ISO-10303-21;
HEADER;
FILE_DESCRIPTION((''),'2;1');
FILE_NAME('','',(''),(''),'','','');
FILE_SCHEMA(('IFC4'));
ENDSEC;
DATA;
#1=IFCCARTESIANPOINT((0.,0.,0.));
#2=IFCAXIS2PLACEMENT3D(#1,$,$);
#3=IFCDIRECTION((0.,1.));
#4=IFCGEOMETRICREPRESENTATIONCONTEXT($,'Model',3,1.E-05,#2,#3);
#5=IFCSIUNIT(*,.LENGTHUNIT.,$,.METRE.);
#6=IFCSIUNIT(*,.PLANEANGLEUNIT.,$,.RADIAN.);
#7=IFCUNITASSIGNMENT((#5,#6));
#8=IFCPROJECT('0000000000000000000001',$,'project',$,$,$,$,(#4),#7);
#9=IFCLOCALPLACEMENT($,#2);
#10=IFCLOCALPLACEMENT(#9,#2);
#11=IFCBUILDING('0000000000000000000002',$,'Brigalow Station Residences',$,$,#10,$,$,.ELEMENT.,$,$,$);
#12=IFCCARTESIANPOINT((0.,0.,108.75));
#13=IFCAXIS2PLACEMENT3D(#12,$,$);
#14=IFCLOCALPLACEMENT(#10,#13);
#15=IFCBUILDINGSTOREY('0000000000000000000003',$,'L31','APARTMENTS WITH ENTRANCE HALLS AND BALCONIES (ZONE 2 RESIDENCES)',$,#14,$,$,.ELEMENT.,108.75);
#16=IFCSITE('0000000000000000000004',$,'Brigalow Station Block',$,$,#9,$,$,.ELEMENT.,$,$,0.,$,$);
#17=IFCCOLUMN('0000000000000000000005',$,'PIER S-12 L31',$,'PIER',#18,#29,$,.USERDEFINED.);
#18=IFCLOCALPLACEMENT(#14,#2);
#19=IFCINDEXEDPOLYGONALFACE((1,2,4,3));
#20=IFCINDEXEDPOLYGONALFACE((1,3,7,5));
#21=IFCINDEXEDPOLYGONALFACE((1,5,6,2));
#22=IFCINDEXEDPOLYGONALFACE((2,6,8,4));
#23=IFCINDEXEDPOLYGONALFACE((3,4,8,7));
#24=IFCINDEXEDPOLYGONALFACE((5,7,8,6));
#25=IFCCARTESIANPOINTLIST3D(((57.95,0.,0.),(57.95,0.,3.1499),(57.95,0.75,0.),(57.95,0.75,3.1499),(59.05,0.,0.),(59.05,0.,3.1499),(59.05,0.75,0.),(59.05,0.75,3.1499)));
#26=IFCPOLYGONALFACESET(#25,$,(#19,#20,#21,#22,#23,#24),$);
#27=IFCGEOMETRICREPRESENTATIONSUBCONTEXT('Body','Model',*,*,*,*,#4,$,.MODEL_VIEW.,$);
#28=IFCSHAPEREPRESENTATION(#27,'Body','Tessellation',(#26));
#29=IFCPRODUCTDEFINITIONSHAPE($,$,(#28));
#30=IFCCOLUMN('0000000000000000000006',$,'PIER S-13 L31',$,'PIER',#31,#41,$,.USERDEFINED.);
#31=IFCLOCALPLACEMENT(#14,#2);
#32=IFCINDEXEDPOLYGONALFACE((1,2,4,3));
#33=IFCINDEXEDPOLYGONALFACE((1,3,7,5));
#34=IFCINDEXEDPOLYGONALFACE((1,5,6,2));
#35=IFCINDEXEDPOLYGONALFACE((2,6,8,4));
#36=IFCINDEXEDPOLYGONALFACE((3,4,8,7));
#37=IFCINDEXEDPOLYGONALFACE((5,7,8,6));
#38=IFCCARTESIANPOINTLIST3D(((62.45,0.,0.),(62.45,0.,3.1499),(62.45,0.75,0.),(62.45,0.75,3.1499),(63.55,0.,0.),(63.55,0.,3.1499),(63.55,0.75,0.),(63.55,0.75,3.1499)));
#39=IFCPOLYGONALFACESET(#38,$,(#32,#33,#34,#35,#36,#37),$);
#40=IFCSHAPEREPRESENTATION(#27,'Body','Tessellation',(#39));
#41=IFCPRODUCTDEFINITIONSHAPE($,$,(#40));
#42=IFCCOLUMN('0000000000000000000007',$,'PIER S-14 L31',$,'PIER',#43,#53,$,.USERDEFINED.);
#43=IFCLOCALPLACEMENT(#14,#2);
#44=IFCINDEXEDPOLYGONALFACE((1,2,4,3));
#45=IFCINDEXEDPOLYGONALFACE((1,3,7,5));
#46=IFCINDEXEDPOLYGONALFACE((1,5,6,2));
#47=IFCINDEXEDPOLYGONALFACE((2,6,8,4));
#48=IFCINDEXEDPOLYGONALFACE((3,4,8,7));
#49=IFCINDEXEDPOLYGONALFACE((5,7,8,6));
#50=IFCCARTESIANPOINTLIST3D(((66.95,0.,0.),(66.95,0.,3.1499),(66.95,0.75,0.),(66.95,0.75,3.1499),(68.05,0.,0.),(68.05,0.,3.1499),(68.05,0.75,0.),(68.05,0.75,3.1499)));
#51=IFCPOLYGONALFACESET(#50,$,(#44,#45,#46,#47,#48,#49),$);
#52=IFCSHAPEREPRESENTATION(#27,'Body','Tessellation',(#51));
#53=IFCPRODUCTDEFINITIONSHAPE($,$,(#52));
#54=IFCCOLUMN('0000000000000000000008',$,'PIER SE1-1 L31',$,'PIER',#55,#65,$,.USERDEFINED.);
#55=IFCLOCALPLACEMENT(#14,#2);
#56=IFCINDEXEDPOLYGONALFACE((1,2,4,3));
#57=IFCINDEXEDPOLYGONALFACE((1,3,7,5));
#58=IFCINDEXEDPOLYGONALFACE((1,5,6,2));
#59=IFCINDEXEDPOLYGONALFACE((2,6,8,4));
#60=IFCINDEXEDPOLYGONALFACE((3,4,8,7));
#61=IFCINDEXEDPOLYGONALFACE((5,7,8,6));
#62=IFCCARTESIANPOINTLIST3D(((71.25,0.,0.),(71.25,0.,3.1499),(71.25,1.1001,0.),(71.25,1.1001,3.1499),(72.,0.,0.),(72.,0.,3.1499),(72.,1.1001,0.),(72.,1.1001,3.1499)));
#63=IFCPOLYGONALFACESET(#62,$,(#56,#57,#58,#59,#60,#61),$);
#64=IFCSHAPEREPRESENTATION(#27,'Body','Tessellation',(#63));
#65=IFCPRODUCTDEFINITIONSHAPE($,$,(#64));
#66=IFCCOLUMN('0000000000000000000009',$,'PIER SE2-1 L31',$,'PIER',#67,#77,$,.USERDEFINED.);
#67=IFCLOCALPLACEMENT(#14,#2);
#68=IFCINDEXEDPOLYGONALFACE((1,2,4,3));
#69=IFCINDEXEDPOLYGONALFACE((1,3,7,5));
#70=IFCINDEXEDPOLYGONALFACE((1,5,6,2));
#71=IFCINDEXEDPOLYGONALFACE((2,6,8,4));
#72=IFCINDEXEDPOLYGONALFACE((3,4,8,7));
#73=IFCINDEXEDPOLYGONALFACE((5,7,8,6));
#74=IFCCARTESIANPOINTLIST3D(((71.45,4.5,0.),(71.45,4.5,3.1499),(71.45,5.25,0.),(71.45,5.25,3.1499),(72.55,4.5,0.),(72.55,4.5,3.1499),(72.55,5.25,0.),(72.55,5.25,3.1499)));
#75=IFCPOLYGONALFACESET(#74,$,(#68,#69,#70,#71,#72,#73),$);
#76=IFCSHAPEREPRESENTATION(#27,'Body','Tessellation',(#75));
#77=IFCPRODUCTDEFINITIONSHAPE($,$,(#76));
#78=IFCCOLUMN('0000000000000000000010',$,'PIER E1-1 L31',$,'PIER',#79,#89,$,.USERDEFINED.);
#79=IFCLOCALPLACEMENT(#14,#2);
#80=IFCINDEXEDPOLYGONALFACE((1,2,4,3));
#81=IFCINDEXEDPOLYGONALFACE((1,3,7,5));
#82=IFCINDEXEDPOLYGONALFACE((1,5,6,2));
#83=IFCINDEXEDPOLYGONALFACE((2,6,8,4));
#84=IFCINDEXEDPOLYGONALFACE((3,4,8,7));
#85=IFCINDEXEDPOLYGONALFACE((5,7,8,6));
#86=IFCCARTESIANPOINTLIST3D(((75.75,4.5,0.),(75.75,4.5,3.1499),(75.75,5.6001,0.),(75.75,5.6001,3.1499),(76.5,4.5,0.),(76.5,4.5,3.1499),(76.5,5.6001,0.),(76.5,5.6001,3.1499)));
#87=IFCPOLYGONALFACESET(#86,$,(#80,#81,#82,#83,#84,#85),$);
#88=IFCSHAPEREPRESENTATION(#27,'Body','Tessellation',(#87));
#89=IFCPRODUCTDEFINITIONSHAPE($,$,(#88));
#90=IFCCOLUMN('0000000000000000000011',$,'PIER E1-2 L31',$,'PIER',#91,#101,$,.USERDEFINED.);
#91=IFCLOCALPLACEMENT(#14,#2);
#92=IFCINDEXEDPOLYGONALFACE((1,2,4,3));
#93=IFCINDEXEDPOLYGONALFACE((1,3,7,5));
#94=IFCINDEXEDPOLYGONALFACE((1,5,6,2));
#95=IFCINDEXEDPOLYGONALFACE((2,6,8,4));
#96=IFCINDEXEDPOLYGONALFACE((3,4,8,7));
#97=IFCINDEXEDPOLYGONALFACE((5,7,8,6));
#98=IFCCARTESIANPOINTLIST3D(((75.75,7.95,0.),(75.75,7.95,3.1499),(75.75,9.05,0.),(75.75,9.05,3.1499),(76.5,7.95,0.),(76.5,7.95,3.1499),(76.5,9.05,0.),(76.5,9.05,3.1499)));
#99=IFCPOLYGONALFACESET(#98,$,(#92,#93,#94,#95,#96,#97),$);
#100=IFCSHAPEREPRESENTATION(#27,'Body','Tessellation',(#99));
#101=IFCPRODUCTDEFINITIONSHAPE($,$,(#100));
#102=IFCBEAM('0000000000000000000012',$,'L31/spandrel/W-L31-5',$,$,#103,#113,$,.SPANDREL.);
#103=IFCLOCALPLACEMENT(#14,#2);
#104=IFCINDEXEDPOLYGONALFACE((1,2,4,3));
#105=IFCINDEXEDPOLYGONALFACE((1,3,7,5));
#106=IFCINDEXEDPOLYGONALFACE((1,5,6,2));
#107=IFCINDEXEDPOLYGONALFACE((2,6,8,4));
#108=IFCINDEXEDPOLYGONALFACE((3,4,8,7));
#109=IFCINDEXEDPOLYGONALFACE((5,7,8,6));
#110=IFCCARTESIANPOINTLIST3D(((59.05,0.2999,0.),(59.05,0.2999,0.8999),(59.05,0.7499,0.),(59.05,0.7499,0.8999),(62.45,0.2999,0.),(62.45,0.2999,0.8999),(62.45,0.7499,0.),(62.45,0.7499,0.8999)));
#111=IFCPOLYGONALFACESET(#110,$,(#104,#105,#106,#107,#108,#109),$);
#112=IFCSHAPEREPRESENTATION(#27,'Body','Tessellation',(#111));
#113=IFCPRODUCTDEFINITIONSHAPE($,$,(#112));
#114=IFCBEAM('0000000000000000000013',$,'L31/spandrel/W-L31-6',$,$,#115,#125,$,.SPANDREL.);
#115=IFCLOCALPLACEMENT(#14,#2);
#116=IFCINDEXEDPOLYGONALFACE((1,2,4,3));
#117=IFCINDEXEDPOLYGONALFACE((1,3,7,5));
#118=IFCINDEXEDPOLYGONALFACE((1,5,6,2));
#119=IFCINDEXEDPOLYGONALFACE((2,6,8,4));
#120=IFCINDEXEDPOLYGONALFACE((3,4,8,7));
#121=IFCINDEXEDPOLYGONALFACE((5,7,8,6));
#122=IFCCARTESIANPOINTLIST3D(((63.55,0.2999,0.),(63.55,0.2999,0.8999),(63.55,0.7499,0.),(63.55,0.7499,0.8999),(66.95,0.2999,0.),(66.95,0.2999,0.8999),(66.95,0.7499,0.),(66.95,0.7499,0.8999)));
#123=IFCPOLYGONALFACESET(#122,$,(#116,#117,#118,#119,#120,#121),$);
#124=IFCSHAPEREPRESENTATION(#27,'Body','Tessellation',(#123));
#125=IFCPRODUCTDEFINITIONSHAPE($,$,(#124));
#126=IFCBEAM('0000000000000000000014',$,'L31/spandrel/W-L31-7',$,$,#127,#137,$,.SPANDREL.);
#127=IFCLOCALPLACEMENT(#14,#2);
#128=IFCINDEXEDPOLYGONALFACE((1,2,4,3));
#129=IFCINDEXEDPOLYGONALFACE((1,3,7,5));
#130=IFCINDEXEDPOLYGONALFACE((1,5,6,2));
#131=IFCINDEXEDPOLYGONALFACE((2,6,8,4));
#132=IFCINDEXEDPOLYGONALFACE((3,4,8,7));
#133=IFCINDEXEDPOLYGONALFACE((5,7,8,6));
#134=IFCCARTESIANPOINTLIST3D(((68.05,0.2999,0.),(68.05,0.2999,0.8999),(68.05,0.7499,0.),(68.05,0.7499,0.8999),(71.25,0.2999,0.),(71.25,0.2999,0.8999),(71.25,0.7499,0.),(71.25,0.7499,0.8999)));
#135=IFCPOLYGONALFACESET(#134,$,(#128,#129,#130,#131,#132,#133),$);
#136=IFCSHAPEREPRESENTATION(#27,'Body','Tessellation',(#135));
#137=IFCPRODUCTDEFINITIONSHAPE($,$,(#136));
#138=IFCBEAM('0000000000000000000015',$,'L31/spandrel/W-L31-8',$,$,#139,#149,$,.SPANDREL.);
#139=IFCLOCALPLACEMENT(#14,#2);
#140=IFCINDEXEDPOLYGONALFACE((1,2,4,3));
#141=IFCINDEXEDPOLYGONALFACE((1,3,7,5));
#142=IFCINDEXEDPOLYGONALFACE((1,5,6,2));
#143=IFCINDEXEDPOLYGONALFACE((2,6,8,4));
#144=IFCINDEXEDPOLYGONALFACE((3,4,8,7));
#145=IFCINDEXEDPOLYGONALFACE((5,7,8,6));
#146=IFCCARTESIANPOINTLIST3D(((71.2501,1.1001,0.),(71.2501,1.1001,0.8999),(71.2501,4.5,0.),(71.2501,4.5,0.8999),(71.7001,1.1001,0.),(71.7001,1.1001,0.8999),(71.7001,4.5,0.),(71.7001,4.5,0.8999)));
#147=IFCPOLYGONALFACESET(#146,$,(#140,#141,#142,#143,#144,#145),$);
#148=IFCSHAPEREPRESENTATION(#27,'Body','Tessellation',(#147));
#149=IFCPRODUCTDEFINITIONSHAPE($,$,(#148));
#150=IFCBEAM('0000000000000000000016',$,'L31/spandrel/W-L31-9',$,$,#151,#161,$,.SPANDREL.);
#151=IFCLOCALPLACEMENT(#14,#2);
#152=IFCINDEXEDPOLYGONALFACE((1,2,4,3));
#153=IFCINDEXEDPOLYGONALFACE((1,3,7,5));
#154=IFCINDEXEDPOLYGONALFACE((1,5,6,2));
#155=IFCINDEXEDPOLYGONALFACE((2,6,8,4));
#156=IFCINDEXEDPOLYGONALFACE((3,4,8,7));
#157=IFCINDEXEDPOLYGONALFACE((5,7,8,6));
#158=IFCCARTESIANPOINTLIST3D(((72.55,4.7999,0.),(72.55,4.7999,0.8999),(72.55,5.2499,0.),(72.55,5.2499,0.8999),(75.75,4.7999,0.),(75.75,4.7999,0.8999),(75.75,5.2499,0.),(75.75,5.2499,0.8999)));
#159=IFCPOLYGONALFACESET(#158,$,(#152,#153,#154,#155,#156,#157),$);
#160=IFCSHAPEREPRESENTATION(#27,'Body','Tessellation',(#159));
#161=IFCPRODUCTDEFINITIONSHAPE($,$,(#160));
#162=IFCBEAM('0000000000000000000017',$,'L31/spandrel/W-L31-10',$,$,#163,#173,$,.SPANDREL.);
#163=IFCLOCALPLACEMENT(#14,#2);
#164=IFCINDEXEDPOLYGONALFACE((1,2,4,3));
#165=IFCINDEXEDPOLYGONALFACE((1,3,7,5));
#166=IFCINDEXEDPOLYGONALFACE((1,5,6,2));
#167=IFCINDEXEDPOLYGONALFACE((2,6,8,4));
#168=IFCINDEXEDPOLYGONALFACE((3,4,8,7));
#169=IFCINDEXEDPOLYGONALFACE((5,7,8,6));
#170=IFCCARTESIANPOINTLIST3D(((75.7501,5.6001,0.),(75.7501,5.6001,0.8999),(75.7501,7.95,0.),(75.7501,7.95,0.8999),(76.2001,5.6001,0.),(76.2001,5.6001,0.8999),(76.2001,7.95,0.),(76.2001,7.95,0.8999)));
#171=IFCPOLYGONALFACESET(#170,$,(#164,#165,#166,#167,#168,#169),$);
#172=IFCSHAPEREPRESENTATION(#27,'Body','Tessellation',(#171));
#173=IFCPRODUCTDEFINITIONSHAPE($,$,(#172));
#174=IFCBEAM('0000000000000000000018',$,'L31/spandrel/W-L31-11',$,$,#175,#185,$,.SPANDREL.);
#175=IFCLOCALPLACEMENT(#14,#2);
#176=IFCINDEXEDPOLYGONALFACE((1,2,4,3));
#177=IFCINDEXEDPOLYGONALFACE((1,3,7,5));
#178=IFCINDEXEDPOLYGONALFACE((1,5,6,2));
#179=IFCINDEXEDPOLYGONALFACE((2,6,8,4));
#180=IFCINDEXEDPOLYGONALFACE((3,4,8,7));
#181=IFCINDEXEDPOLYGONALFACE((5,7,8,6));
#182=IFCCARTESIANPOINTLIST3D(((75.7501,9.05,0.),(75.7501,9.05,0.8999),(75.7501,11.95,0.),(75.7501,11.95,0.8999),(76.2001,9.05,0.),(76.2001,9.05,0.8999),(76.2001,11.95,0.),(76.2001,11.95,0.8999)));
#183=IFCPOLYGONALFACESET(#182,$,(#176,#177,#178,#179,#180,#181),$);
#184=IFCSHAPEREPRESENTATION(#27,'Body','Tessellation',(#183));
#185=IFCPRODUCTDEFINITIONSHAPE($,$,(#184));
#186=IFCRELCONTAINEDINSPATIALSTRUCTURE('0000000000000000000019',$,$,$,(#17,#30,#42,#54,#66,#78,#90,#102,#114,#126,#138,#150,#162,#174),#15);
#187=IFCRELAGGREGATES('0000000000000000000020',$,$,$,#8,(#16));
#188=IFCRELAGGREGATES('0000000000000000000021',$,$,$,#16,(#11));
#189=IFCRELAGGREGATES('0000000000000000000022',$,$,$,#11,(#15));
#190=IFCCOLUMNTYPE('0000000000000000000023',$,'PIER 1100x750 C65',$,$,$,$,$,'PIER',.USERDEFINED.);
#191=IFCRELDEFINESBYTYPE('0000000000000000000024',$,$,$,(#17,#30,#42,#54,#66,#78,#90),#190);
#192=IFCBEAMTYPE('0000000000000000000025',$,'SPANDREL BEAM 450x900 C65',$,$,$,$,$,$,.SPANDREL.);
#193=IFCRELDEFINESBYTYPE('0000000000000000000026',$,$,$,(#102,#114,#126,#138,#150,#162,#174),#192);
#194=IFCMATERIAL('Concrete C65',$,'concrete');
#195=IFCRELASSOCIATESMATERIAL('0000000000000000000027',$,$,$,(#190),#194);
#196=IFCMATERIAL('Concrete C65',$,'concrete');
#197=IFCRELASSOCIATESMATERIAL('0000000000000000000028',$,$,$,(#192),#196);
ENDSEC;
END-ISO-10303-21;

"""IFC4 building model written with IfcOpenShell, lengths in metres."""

from ifc_helpers import new_model, si_unit, direction, frame, origin, origin_2d, place, context, subcontext, project, spatial, rectangle, extrude, material, material_profile, profile_set, type_object, element, save


model = new_model("IFC4")

# Units and contexts
model_context = context("Model", 3, precision=1e-05, world=origin(), true_north=direction((0.0, 1.0)))
body_context = subcontext(model_context, "Body", "Model", "MODEL_VIEW")
ifc_project = project(units=[si_unit("LENGTHUNIT", "METRE"), si_unit("PLANEANGLEUNIT", "RADIAN")], contexts=[model_context])

# Site, building, storey
site_placement = place(None, origin())
site = spatial("IfcSite", under=ifc_project, at=site_placement, Name="Brigalow Station Block", CompositionType="ELEMENT", RefElevation=0.0)
building_placement = place(site_placement, origin())
building = spatial("IfcBuilding", under=site, at=building_placement, Name="Brigalow Station Residences", CompositionType="ELEMENT")
storey_placement = place(building_placement, frame((0.0, 0.0, 108.75)))
storey = spatial("IfcBuildingStorey", under=building, at=storey_placement, Name="L31", Description="APARTMENTS WITH ENTRANCE HALLS AND BALCONIES (ZONE 2 RESIDENCES)", CompositionType="ELEMENT", Elevation=108.75)

# Columns
ifc_material_1 = material(Name="Concrete C65", Category="concrete")
ifc_material_profile_1 = material_profile(ifc_material_1, rectangle(XDim=1.1001, YDim=0.75, at=origin_2d()), Name="RC1100x750")
ifc_profile_set_1 = profile_set([ifc_material_profile_1], Name="Concrete C65")
column_type = type_object("IfcColumnType", Name="PIER 1100x750 C65", ElementType="PIER", PredefinedType="USERDEFINED", material=ifc_profile_set_1)
for number, where, z_axis, x_axis, name in (
    (1, (58.5, 0.375, 0.0), (0.0, 0.0, 1.0), (1.0, 0.0, 0.0), "PIER S-12 L31"),
    (2, (63.0, 0.375, 0.0), (0.0, 0.0, 1.0), (1.0, 0.0, 0.0), "PIER S-13 L31"),
    (3, (67.5, 0.375, 0.0), (0.0, 0.0, 1.0), (1.0, 0.0, 0.0), "PIER S-14 L31"),
    (4, (71.625, 0.55, 0.0), (0.0, 0.0, 1.0), (0.0, 1.0, 0.0), "PIER SE1-1 L31"),
    (5, (72.0, 4.875, 0.0), (0.0, 0.0, 1.0), (1.0, 0.0, 0.0), "PIER SE2-1 L31"),
    (6, (76.125, 5.05, 0.0), (0.0, 0.0, 1.0), (0.0, 1.0, 0.0), "PIER E1-1 L31"),
    (7, (76.125, 8.5, 0.0), (0.0, 0.0, 1.0), (0.0, 1.0, 0.0), "PIER E1-2 L31"),
):
    element("IfcColumn", number, at=place(storey_placement, frame(where, z_axis=z_axis, x_axis=x_axis)), inside=storey, type_object=column_type, Name=name, ObjectType="PIER", PredefinedType="USERDEFINED", context=body_context, shape_type="SweptSolid", body=[
        extrude(rectangle(XDim=1.1001, YDim=0.75, at=origin_2d()), origin(), (0.0, 0.0, 1.0), 3.1499),
    ])

# Beams
ifc_material_2 = material(Name="Concrete C65", Category="concrete")
ifc_material_profile_2 = material_profile(ifc_material_2, rectangle(XDim=0.45, YDim=0.8999, at=origin_2d()), Name="RC450x900")
ifc_profile_set_2 = profile_set([ifc_material_profile_2], Name="Concrete C65")
beam_type = type_object("IfcBeamType", Name="SPANDREL BEAM 450x900 C65", PredefinedType="SPANDREL", material=ifc_profile_set_2)
for number, where, z_axis, x_axis, name in (
    (8, (59.05, 0.5249, 0.45), (1.0, 0.0, 0.0), (0.0, 1.0, 0.0), "L31/spandrel/W-L31-5"),
    (9, (63.55, 0.5249, 0.45), (1.0, 0.0, 0.0), (0.0, 1.0, 0.0), "L31/spandrel/W-L31-6"),
):
    element("IfcBeam", number, at=place(storey_placement, frame(where, z_axis=z_axis, x_axis=x_axis)), inside=storey, type_object=beam_type, Name=name, PredefinedType="SPANDREL", context=body_context, shape_type="SweptSolid", body=[
        extrude(rectangle(XDim=0.45, YDim=0.8999, at=origin_2d()), origin(), (0.0, 0.0, 1.0), 3.3999),
    ])
beam_1_placement = place(storey_placement, frame((68.05, 0.5249, 0.45), z_axis=(1.0, 0.0, 0.0), x_axis=(0.0, 1.0, 0.0)))
element("IfcBeam", 10, at=beam_1_placement, inside=storey, type_object=beam_type, Name="L31/spandrel/W-L31-7", PredefinedType="SPANDREL", context=body_context, shape_type="SweptSolid", body=[
    extrude(rectangle(XDim=0.45, YDim=0.8999, at=origin_2d()), origin(), (0.0, 0.0, 1.0), 3.2),
])
beam_2_placement = place(storey_placement, frame((71.4751, 1.1001, 0.45), z_axis=(0.0, 1.0, 0.0), x_axis=(-1.0, 0.0, 0.0)))
element("IfcBeam", 11, at=beam_2_placement, inside=storey, type_object=beam_type, Name="L31/spandrel/W-L31-8", PredefinedType="SPANDREL", context=body_context, shape_type="SweptSolid", body=[
    extrude(rectangle(XDim=0.45, YDim=0.8999, at=origin_2d()), origin(), (0.0, 0.0, 1.0), 3.3999),
])
beam_3_placement = place(storey_placement, frame((72.55, 5.0249, 0.45), z_axis=(1.0, 0.0, 0.0), x_axis=(0.0, 1.0, 0.0)))
element("IfcBeam", 12, at=beam_3_placement, inside=storey, type_object=beam_type, Name="L31/spandrel/W-L31-9", PredefinedType="SPANDREL", context=body_context, shape_type="SweptSolid", body=[
    extrude(rectangle(XDim=0.45, YDim=0.8999, at=origin_2d()), origin(), (0.0, 0.0, 1.0), 3.2),
])
beam_4_placement = place(storey_placement, frame((75.9751, 5.6001, 0.45), z_axis=(0.0, 1.0, 0.0), x_axis=(-1.0, 0.0, 0.0)))
element("IfcBeam", 13, at=beam_4_placement, inside=storey, type_object=beam_type, Name="L31/spandrel/W-L31-10", PredefinedType="SPANDREL", context=body_context, shape_type="SweptSolid", body=[
    extrude(rectangle(XDim=0.45, YDim=0.8999, at=origin_2d()), origin(), (0.0, 0.0, 1.0), 2.3499),
])
beam_5_placement = place(storey_placement, frame((75.9751, 9.05, 0.45), z_axis=(0.0, 1.0, 0.0), x_axis=(-1.0, 0.0, 0.0)))
element("IfcBeam", 14, at=beam_5_placement, inside=storey, type_object=beam_type, Name="L31/spandrel/W-L31-11", PredefinedType="SPANDREL", context=body_context, shape_type="SweptSolid", body=[
    extrude(rectangle(XDim=0.45, YDim=0.8999, at=origin_2d()), origin(), (0.0, 0.0, 1.0), 2.8999),
])

save(model, "model.ifc")
